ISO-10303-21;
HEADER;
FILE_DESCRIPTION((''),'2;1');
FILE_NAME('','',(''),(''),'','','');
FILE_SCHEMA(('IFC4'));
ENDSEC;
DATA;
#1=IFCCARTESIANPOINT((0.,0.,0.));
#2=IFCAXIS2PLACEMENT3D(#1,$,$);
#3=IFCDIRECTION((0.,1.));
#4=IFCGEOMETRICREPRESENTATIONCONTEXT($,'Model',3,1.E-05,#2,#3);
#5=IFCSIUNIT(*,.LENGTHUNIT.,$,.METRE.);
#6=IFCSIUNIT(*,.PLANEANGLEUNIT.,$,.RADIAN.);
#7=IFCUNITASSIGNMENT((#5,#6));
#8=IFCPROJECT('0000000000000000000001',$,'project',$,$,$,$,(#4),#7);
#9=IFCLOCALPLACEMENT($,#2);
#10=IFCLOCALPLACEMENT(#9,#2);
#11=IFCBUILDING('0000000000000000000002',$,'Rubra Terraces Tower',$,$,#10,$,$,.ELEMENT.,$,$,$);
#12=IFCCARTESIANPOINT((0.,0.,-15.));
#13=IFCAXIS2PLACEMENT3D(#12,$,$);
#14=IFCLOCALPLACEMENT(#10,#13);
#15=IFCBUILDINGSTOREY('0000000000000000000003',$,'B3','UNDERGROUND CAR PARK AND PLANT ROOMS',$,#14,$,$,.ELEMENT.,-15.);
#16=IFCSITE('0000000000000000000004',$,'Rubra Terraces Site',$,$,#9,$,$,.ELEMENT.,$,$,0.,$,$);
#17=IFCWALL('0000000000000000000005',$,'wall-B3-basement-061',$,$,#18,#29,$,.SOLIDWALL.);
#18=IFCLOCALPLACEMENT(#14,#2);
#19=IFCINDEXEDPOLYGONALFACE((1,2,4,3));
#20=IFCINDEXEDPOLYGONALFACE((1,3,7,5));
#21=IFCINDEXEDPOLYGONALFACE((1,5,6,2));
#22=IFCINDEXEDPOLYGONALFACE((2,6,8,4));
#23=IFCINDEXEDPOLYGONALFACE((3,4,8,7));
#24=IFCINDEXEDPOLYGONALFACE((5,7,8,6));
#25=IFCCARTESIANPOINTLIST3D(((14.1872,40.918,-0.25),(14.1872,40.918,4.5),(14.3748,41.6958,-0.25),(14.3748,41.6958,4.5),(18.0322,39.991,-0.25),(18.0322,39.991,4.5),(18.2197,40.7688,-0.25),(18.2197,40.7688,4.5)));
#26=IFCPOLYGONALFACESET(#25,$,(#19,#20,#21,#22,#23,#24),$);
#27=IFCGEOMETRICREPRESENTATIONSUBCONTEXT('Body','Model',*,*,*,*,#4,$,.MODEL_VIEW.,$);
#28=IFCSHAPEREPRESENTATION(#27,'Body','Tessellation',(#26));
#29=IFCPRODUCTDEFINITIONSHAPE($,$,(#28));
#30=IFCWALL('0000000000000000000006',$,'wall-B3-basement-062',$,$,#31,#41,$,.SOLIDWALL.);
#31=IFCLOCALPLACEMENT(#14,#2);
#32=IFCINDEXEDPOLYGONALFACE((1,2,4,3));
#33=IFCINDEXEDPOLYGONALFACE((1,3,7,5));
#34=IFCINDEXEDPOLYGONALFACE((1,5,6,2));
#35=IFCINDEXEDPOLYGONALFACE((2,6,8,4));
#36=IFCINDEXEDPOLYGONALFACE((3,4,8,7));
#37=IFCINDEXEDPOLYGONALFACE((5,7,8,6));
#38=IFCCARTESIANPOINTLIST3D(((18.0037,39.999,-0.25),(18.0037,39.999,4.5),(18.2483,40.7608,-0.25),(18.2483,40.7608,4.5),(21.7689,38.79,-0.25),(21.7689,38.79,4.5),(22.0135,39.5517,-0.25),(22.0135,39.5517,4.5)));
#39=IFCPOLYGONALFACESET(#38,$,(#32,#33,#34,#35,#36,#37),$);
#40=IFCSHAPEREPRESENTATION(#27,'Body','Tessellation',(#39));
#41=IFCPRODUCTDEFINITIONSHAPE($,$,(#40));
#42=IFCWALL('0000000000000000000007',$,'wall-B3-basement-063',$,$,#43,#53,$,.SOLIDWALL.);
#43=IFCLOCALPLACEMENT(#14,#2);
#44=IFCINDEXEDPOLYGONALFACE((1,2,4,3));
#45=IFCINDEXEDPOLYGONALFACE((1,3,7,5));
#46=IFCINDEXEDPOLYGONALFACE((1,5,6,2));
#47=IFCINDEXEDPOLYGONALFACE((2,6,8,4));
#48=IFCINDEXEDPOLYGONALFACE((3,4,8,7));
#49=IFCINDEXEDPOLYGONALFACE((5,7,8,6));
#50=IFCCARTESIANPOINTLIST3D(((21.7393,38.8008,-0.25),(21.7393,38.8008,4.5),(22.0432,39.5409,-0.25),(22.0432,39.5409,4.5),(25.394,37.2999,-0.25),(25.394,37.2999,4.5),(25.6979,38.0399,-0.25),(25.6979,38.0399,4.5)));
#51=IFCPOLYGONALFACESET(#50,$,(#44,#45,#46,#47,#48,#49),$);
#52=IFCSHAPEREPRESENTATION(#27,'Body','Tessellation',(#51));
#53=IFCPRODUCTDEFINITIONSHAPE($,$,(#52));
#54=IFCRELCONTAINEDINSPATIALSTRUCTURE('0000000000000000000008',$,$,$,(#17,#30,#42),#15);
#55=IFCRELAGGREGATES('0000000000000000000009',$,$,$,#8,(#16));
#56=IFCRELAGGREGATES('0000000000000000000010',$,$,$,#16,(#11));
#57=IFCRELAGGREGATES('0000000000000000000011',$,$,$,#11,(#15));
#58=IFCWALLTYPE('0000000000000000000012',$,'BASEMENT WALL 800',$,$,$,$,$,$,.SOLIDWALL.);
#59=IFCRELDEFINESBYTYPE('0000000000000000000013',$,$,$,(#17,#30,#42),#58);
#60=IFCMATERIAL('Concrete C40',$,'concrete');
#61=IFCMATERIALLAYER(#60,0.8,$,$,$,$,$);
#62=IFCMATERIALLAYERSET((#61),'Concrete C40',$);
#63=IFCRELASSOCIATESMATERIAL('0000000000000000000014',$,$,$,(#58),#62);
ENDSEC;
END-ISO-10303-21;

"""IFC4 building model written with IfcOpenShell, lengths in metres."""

from ifc_helpers import new_model, si_unit, direction, frame, frame_2d, origin, place, context, subcontext, project, spatial, rectangle, extrude, material, layer, layer_set, type_object, element, save


model = new_model("IFC4")

# Units and contexts
model_context = context("Model", 3, precision=1e-05, world=origin(), true_north=direction((0.0, 1.0)))
body_context = subcontext(model_context, "Body", "Model", "MODEL_VIEW")
ifc_project = project(units=[si_unit("LENGTHUNIT", "METRE"), si_unit("PLANEANGLEUNIT", "RADIAN")], contexts=[model_context])

# Site, building, storey
site_placement = place(None, origin())
site = spatial("IfcSite", under=ifc_project, at=site_placement, Name="Rubra Terraces Site", CompositionType="ELEMENT", RefElevation=0.0)
building_placement = place(site_placement, origin())
building = spatial("IfcBuilding", under=site, at=building_placement, Name="Rubra Terraces Tower", CompositionType="ELEMENT")
storey_placement = place(building_placement, frame((0.0, 0.0, -15.0)))
storey = spatial("IfcBuildingStorey", under=building, at=storey_placement, Name="B3", Description="UNDERGROUND CAR PARK AND PLANT ROOMS", CompositionType="ELEMENT", Elevation=-15.0)

# Shared definitions
ifc_material_1 = material(Name="Concrete C40", Category="concrete")

# Walls
ifc_layer = layer(ifc_material_1, 0.8)
ifc_layer_set = layer_set([ifc_layer], Name="Concrete C40")
wall_type = type_object("IfcWallType", Name="BASEMENT WALL 800", PredefinedType="SOLIDWALL", material=ifc_layer_set)
wall_1_placement = place(storey_placement, frame((14.281, 41.3069, -0.25), z_axis=(0.0, 0.0, 1.0), x_axis=(0.972145, -0.234379, 0.0)))
element("IfcWall", 1, at=wall_1_placement, inside=storey, type_object=wall_type, Name="wall-B3-basement-061", PredefinedType="SOLIDWALL", context=body_context, shape_type="SweptSolid", body=[
    extrude(rectangle(XDim=3.9551, YDim=0.8, at=frame_2d((1.9775, 0.0))), origin(), (0.0, 0.0, 1.0), 4.75),
])
wall_2_placement = place(storey_placement, frame((18.126, 40.3799, -0.25), z_axis=(0.0, 0.0, 1.0), x_axis=(0.95212, -0.305725, 0.0)))
element("IfcWall", 2, at=wall_2_placement, inside=storey, type_object=wall_type, Name="wall-B3-basement-062", PredefinedType="SOLIDWALL", context=body_context, shape_type="SweptSolid", body=[
    extrude(rectangle(XDim=3.9546, YDim=0.8, at=frame_2d((1.9773, 0.0))), origin(), (0.0, 0.0, 1.0), 4.75),
])
wall_3_placement = place(storey_placement, frame((21.8911, 39.1709, -0.25), z_axis=(0.0, 0.0, 1.0), x_axis=(0.925028, -0.379898, 0.0)))
element("IfcWall", 3, at=wall_3_placement, inside=storey, type_object=wall_type, Name="wall-B3-basement-063", PredefinedType="SOLIDWALL", context=body_context, shape_type="SweptSolid", body=[
    extrude(rectangle(XDim=3.9509, YDim=0.8, at=frame_2d((1.9756, 0.0))), origin(), (0.0, 0.0, 1.0), 4.75),
])

save(model, "model.ifc")
